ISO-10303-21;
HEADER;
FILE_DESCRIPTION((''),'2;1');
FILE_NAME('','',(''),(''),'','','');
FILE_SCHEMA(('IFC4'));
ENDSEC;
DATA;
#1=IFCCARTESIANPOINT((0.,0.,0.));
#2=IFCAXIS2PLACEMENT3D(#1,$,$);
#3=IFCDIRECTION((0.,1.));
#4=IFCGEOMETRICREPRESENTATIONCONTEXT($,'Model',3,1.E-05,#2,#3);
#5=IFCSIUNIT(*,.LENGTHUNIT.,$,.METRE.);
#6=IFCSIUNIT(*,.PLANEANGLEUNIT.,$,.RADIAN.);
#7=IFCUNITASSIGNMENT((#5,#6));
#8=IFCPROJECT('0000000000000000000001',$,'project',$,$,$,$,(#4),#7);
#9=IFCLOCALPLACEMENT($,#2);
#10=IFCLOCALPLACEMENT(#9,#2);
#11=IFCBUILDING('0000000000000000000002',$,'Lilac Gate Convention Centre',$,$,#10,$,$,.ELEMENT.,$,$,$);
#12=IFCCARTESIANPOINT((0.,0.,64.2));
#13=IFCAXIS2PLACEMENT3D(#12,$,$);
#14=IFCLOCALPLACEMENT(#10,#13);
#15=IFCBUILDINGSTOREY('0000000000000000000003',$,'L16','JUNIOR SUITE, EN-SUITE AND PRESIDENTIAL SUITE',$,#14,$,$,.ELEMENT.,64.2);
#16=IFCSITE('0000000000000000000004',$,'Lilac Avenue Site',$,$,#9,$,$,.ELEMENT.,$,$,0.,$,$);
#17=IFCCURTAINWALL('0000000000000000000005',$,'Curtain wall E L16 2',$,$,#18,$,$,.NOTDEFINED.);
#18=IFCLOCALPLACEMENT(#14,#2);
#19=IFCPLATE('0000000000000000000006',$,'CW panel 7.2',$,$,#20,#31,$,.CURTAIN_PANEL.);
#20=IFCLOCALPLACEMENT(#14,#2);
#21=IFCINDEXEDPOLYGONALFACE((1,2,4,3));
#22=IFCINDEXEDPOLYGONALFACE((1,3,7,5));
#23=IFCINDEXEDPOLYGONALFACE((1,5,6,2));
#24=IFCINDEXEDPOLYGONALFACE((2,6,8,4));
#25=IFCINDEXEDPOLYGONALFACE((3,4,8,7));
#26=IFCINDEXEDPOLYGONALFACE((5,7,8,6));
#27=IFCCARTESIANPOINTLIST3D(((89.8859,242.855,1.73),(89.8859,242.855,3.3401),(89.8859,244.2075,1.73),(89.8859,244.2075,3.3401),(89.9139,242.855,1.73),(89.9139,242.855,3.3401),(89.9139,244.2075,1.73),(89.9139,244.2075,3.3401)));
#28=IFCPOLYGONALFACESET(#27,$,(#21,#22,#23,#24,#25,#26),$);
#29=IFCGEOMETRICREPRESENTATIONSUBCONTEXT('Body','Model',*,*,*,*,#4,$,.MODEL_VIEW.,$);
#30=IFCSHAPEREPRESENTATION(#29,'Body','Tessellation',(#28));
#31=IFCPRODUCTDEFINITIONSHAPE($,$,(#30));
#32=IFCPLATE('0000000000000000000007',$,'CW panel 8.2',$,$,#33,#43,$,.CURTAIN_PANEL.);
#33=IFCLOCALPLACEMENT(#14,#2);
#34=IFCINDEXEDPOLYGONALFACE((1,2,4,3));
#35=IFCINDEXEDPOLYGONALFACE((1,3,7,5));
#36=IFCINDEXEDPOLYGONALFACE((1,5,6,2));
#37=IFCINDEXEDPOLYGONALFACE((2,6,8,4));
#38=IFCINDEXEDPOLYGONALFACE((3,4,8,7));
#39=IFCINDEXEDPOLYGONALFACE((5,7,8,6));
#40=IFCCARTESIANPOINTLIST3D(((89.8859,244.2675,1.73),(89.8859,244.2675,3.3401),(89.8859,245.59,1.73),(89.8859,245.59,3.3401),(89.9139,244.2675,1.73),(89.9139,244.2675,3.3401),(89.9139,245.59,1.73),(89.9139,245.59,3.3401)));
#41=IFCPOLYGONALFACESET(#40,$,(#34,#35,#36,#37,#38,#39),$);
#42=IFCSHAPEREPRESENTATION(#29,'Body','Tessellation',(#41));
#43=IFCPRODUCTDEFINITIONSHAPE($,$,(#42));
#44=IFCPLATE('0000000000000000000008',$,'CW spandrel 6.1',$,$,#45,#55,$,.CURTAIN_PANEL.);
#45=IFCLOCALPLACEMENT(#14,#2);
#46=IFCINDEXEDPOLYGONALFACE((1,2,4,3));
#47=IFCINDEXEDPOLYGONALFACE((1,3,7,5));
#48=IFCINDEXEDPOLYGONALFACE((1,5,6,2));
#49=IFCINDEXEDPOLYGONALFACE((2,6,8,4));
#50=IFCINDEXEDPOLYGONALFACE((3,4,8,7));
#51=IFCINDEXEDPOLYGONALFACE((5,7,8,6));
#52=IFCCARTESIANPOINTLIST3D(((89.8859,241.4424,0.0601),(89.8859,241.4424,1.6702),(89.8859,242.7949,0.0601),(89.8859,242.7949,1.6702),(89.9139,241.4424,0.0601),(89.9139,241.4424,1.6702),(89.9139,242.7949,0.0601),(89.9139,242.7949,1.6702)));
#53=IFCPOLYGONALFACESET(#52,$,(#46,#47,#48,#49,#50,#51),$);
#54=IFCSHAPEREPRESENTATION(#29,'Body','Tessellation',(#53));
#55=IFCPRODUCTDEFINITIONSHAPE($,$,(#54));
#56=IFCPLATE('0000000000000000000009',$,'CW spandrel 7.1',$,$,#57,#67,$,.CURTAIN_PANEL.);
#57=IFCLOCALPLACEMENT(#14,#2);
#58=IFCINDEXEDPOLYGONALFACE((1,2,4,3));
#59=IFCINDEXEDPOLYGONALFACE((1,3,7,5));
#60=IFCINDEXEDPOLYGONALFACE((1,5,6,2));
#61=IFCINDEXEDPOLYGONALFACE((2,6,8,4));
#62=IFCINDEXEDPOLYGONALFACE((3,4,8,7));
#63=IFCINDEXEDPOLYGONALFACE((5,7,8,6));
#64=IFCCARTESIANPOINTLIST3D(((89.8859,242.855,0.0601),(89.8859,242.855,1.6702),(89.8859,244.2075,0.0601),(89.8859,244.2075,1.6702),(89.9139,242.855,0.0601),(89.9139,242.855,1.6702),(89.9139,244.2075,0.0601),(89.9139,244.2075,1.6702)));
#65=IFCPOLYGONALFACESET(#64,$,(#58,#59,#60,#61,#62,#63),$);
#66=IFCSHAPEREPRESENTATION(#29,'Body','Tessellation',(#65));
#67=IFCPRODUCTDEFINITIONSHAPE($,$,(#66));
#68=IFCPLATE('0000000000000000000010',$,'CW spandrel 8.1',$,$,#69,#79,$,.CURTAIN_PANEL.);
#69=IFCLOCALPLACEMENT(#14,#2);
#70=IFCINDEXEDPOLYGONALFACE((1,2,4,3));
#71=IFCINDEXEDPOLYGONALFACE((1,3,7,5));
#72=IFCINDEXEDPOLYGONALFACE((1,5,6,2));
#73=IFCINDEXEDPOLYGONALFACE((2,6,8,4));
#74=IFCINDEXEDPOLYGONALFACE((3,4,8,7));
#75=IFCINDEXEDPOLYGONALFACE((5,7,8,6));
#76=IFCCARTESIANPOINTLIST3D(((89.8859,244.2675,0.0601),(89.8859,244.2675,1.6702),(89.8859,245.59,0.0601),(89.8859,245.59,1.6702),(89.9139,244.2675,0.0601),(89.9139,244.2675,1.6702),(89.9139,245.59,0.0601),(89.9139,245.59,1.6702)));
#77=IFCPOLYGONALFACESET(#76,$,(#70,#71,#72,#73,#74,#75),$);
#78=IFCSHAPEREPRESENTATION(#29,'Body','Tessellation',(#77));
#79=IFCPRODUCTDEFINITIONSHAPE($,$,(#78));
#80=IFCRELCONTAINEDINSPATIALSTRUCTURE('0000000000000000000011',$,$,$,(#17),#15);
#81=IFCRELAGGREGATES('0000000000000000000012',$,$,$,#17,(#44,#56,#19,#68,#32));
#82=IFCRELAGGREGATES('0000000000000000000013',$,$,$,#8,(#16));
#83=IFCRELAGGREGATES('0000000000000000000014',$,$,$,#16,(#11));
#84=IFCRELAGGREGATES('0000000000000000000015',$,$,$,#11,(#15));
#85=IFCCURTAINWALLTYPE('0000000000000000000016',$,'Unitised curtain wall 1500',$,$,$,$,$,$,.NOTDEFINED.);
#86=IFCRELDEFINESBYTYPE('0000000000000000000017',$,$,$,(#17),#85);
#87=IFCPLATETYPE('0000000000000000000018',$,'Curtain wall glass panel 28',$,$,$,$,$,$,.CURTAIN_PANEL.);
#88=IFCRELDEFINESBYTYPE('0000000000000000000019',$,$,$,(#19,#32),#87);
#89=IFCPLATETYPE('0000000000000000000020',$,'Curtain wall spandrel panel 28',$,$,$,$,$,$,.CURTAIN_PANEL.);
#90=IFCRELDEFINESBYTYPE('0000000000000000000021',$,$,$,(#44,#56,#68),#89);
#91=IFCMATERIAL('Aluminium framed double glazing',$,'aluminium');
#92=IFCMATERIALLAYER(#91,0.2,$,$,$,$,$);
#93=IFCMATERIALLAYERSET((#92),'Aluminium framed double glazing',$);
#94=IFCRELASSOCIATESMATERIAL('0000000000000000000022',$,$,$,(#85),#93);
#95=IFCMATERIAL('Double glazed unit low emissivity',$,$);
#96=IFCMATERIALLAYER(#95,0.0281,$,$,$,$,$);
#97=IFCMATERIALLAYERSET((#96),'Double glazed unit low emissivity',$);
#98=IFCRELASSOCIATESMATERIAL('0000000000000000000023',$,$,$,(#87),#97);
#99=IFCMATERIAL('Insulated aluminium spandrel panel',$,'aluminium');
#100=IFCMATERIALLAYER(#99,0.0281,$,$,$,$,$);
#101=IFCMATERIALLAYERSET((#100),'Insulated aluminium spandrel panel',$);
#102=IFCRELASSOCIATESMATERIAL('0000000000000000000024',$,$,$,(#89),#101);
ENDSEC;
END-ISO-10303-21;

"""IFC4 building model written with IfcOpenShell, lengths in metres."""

from ifc_helpers import new_model, si_unit, direction, frame, origin, origin_2d, place, context, subcontext, project, spatial, rectangle, extrude, material, layer, layer_set, type_object, element, aggregate, save


model = new_model("IFC4")

# Units and contexts
model_context = context("Model", 3, precision=1e-05, world=origin(), true_north=direction((0.0, 1.0)))
body_context = subcontext(model_context, "Body", "Model", "MODEL_VIEW")
ifc_project = project(units=[si_unit("LENGTHUNIT", "METRE"), si_unit("PLANEANGLEUNIT", "RADIAN")], contexts=[model_context])

# Site, building, storey
site_placement = place(None, origin())
site = spatial("IfcSite", under=ifc_project, at=site_placement, Name="Lilac Avenue Site", CompositionType="ELEMENT", RefElevation=0.0)
building_placement = place(site_placement, origin())
building = spatial("IfcBuilding", under=site, at=building_placement, Name="Lilac Gate Convention Centre", CompositionType="ELEMENT")
storey_placement = place(building_placement, frame((0.0, 0.0, 64.2)))
storey = spatial("IfcBuildingStorey", under=building, at=storey_placement, Name="L16", Description="JUNIOR SUITE, EN-SUITE AND PRESIDENTIAL SUITE", CompositionType="ELEMENT", Elevation=64.2)

# Curtain wall, plates
ifc_material_1 = material(Name="Aluminium framed double glazing", Category="aluminium")
ifc_layer_1 = layer(ifc_material_1, 0.2)
ifc_layer_set_1 = layer_set([ifc_layer_1], Name="Aluminium framed double glazing")
curtain_wall_type = type_object("IfcCurtainWallType", Name="Unitised curtain wall 1500", PredefinedType="NOTDEFINED", material=ifc_layer_set_1)
curtain_wall_placement = place(storey_placement, origin())
curtain_wall = element("IfcCurtainWall", 1, at=curtain_wall_placement, inside=storey, type_object=curtain_wall_type, Name="Curtain wall E L16 2", PredefinedType="NOTDEFINED")
ifc_material_2 = material(Name="Double glazed unit low emissivity")
ifc_layer_2 = layer(ifc_material_2, 0.0281)
ifc_layer_set_2 = layer_set([ifc_layer_2], Name="Double glazed unit low emissivity")
plate_type_1 = type_object("IfcPlateType", Name="Curtain wall glass panel 28", PredefinedType="CURTAIN_PANEL", material=ifc_layer_set_2)
plate_1_placement = place(storey_placement, frame((89.8999, 243.5312, 1.73), z_axis=(0.0, 0.0, 1.0), x_axis=(0.0, 1.0, 0.0)))
plate_1 = element("IfcPlate", 2, at=plate_1_placement, type_object=plate_type_1, Name="CW panel 7.2", PredefinedType="CURTAIN_PANEL", context=body_context, shape_type="SweptSolid", body=[
    extrude(rectangle(XDim=1.3525, YDim=0.0281, at=origin_2d()), origin(), (0.0, 0.0, 1.0), 1.6101),
])
plate_2_placement = place(storey_placement, frame((89.8999, 244.9287, 1.73), z_axis=(0.0, 0.0, 1.0), x_axis=(0.0, 1.0, 0.0)))
plate_2 = element("IfcPlate", 3, at=plate_2_placement, type_object=plate_type_1, Name="CW panel 8.2", PredefinedType="CURTAIN_PANEL", context=body_context, shape_type="SweptSolid", body=[
    extrude(rectangle(XDim=1.3225, YDim=0.0281, at=origin_2d()), origin(), (0.0, 0.0, 1.0), 1.6101),
])
ifc_material_3 = material(Name="Insulated aluminium spandrel panel", Category="aluminium")
ifc_layer_3 = layer(ifc_material_3, 0.0281)
ifc_layer_set_3 = layer_set([ifc_layer_3], Name="Insulated aluminium spandrel panel")
plate_type_2 = type_object("IfcPlateType", Name="Curtain wall spandrel panel 28", PredefinedType="CURTAIN_PANEL", material=ifc_layer_set_3)
plate_3_placement = place(storey_placement, frame((89.8999, 242.1187, 0.0601), z_axis=(0.0, 0.0, 1.0), x_axis=(0.0, 1.0, 0.0)))
plate_3 = element("IfcPlate", 4, at=plate_3_placement, type_object=plate_type_2, Name="CW spandrel 6.1", PredefinedType="CURTAIN_PANEL", context=body_context, shape_type="SweptSolid", body=[
    extrude(rectangle(XDim=1.3525, YDim=0.0281, at=origin_2d()), origin(), (0.0, 0.0, 1.0), 1.6101),
])
plate_4_placement = place(storey_placement, frame((89.8999, 243.5312, 0.0601), z_axis=(0.0, 0.0, 1.0), x_axis=(0.0, 1.0, 0.0)))
plate_4 = element("IfcPlate", 5, at=plate_4_placement, type_object=plate_type_2, Name="CW spandrel 7.1", PredefinedType="CURTAIN_PANEL", context=body_context, shape_type="SweptSolid", body=[
    extrude(rectangle(XDim=1.3525, YDim=0.0281, at=origin_2d()), origin(), (0.0, 0.0, 1.0), 1.6101),
])
plate_5_placement = place(storey_placement, frame((89.8999, 244.9287, 0.0601), z_axis=(0.0, 0.0, 1.0), x_axis=(0.0, 1.0, 0.0)))
plate_5 = element("IfcPlate", 6, at=plate_5_placement, type_object=plate_type_2, Name="CW spandrel 8.1", PredefinedType="CURTAIN_PANEL", context=body_context, shape_type="SweptSolid", body=[
    extrude(rectangle(XDim=1.3225, YDim=0.0281, at=origin_2d()), origin(), (0.0, 0.0, 1.0), 1.6101),
])
aggregate(curtain_wall, [plate_3, plate_4, plate_1, plate_5, plate_2])

save(model, "model.ifc")
